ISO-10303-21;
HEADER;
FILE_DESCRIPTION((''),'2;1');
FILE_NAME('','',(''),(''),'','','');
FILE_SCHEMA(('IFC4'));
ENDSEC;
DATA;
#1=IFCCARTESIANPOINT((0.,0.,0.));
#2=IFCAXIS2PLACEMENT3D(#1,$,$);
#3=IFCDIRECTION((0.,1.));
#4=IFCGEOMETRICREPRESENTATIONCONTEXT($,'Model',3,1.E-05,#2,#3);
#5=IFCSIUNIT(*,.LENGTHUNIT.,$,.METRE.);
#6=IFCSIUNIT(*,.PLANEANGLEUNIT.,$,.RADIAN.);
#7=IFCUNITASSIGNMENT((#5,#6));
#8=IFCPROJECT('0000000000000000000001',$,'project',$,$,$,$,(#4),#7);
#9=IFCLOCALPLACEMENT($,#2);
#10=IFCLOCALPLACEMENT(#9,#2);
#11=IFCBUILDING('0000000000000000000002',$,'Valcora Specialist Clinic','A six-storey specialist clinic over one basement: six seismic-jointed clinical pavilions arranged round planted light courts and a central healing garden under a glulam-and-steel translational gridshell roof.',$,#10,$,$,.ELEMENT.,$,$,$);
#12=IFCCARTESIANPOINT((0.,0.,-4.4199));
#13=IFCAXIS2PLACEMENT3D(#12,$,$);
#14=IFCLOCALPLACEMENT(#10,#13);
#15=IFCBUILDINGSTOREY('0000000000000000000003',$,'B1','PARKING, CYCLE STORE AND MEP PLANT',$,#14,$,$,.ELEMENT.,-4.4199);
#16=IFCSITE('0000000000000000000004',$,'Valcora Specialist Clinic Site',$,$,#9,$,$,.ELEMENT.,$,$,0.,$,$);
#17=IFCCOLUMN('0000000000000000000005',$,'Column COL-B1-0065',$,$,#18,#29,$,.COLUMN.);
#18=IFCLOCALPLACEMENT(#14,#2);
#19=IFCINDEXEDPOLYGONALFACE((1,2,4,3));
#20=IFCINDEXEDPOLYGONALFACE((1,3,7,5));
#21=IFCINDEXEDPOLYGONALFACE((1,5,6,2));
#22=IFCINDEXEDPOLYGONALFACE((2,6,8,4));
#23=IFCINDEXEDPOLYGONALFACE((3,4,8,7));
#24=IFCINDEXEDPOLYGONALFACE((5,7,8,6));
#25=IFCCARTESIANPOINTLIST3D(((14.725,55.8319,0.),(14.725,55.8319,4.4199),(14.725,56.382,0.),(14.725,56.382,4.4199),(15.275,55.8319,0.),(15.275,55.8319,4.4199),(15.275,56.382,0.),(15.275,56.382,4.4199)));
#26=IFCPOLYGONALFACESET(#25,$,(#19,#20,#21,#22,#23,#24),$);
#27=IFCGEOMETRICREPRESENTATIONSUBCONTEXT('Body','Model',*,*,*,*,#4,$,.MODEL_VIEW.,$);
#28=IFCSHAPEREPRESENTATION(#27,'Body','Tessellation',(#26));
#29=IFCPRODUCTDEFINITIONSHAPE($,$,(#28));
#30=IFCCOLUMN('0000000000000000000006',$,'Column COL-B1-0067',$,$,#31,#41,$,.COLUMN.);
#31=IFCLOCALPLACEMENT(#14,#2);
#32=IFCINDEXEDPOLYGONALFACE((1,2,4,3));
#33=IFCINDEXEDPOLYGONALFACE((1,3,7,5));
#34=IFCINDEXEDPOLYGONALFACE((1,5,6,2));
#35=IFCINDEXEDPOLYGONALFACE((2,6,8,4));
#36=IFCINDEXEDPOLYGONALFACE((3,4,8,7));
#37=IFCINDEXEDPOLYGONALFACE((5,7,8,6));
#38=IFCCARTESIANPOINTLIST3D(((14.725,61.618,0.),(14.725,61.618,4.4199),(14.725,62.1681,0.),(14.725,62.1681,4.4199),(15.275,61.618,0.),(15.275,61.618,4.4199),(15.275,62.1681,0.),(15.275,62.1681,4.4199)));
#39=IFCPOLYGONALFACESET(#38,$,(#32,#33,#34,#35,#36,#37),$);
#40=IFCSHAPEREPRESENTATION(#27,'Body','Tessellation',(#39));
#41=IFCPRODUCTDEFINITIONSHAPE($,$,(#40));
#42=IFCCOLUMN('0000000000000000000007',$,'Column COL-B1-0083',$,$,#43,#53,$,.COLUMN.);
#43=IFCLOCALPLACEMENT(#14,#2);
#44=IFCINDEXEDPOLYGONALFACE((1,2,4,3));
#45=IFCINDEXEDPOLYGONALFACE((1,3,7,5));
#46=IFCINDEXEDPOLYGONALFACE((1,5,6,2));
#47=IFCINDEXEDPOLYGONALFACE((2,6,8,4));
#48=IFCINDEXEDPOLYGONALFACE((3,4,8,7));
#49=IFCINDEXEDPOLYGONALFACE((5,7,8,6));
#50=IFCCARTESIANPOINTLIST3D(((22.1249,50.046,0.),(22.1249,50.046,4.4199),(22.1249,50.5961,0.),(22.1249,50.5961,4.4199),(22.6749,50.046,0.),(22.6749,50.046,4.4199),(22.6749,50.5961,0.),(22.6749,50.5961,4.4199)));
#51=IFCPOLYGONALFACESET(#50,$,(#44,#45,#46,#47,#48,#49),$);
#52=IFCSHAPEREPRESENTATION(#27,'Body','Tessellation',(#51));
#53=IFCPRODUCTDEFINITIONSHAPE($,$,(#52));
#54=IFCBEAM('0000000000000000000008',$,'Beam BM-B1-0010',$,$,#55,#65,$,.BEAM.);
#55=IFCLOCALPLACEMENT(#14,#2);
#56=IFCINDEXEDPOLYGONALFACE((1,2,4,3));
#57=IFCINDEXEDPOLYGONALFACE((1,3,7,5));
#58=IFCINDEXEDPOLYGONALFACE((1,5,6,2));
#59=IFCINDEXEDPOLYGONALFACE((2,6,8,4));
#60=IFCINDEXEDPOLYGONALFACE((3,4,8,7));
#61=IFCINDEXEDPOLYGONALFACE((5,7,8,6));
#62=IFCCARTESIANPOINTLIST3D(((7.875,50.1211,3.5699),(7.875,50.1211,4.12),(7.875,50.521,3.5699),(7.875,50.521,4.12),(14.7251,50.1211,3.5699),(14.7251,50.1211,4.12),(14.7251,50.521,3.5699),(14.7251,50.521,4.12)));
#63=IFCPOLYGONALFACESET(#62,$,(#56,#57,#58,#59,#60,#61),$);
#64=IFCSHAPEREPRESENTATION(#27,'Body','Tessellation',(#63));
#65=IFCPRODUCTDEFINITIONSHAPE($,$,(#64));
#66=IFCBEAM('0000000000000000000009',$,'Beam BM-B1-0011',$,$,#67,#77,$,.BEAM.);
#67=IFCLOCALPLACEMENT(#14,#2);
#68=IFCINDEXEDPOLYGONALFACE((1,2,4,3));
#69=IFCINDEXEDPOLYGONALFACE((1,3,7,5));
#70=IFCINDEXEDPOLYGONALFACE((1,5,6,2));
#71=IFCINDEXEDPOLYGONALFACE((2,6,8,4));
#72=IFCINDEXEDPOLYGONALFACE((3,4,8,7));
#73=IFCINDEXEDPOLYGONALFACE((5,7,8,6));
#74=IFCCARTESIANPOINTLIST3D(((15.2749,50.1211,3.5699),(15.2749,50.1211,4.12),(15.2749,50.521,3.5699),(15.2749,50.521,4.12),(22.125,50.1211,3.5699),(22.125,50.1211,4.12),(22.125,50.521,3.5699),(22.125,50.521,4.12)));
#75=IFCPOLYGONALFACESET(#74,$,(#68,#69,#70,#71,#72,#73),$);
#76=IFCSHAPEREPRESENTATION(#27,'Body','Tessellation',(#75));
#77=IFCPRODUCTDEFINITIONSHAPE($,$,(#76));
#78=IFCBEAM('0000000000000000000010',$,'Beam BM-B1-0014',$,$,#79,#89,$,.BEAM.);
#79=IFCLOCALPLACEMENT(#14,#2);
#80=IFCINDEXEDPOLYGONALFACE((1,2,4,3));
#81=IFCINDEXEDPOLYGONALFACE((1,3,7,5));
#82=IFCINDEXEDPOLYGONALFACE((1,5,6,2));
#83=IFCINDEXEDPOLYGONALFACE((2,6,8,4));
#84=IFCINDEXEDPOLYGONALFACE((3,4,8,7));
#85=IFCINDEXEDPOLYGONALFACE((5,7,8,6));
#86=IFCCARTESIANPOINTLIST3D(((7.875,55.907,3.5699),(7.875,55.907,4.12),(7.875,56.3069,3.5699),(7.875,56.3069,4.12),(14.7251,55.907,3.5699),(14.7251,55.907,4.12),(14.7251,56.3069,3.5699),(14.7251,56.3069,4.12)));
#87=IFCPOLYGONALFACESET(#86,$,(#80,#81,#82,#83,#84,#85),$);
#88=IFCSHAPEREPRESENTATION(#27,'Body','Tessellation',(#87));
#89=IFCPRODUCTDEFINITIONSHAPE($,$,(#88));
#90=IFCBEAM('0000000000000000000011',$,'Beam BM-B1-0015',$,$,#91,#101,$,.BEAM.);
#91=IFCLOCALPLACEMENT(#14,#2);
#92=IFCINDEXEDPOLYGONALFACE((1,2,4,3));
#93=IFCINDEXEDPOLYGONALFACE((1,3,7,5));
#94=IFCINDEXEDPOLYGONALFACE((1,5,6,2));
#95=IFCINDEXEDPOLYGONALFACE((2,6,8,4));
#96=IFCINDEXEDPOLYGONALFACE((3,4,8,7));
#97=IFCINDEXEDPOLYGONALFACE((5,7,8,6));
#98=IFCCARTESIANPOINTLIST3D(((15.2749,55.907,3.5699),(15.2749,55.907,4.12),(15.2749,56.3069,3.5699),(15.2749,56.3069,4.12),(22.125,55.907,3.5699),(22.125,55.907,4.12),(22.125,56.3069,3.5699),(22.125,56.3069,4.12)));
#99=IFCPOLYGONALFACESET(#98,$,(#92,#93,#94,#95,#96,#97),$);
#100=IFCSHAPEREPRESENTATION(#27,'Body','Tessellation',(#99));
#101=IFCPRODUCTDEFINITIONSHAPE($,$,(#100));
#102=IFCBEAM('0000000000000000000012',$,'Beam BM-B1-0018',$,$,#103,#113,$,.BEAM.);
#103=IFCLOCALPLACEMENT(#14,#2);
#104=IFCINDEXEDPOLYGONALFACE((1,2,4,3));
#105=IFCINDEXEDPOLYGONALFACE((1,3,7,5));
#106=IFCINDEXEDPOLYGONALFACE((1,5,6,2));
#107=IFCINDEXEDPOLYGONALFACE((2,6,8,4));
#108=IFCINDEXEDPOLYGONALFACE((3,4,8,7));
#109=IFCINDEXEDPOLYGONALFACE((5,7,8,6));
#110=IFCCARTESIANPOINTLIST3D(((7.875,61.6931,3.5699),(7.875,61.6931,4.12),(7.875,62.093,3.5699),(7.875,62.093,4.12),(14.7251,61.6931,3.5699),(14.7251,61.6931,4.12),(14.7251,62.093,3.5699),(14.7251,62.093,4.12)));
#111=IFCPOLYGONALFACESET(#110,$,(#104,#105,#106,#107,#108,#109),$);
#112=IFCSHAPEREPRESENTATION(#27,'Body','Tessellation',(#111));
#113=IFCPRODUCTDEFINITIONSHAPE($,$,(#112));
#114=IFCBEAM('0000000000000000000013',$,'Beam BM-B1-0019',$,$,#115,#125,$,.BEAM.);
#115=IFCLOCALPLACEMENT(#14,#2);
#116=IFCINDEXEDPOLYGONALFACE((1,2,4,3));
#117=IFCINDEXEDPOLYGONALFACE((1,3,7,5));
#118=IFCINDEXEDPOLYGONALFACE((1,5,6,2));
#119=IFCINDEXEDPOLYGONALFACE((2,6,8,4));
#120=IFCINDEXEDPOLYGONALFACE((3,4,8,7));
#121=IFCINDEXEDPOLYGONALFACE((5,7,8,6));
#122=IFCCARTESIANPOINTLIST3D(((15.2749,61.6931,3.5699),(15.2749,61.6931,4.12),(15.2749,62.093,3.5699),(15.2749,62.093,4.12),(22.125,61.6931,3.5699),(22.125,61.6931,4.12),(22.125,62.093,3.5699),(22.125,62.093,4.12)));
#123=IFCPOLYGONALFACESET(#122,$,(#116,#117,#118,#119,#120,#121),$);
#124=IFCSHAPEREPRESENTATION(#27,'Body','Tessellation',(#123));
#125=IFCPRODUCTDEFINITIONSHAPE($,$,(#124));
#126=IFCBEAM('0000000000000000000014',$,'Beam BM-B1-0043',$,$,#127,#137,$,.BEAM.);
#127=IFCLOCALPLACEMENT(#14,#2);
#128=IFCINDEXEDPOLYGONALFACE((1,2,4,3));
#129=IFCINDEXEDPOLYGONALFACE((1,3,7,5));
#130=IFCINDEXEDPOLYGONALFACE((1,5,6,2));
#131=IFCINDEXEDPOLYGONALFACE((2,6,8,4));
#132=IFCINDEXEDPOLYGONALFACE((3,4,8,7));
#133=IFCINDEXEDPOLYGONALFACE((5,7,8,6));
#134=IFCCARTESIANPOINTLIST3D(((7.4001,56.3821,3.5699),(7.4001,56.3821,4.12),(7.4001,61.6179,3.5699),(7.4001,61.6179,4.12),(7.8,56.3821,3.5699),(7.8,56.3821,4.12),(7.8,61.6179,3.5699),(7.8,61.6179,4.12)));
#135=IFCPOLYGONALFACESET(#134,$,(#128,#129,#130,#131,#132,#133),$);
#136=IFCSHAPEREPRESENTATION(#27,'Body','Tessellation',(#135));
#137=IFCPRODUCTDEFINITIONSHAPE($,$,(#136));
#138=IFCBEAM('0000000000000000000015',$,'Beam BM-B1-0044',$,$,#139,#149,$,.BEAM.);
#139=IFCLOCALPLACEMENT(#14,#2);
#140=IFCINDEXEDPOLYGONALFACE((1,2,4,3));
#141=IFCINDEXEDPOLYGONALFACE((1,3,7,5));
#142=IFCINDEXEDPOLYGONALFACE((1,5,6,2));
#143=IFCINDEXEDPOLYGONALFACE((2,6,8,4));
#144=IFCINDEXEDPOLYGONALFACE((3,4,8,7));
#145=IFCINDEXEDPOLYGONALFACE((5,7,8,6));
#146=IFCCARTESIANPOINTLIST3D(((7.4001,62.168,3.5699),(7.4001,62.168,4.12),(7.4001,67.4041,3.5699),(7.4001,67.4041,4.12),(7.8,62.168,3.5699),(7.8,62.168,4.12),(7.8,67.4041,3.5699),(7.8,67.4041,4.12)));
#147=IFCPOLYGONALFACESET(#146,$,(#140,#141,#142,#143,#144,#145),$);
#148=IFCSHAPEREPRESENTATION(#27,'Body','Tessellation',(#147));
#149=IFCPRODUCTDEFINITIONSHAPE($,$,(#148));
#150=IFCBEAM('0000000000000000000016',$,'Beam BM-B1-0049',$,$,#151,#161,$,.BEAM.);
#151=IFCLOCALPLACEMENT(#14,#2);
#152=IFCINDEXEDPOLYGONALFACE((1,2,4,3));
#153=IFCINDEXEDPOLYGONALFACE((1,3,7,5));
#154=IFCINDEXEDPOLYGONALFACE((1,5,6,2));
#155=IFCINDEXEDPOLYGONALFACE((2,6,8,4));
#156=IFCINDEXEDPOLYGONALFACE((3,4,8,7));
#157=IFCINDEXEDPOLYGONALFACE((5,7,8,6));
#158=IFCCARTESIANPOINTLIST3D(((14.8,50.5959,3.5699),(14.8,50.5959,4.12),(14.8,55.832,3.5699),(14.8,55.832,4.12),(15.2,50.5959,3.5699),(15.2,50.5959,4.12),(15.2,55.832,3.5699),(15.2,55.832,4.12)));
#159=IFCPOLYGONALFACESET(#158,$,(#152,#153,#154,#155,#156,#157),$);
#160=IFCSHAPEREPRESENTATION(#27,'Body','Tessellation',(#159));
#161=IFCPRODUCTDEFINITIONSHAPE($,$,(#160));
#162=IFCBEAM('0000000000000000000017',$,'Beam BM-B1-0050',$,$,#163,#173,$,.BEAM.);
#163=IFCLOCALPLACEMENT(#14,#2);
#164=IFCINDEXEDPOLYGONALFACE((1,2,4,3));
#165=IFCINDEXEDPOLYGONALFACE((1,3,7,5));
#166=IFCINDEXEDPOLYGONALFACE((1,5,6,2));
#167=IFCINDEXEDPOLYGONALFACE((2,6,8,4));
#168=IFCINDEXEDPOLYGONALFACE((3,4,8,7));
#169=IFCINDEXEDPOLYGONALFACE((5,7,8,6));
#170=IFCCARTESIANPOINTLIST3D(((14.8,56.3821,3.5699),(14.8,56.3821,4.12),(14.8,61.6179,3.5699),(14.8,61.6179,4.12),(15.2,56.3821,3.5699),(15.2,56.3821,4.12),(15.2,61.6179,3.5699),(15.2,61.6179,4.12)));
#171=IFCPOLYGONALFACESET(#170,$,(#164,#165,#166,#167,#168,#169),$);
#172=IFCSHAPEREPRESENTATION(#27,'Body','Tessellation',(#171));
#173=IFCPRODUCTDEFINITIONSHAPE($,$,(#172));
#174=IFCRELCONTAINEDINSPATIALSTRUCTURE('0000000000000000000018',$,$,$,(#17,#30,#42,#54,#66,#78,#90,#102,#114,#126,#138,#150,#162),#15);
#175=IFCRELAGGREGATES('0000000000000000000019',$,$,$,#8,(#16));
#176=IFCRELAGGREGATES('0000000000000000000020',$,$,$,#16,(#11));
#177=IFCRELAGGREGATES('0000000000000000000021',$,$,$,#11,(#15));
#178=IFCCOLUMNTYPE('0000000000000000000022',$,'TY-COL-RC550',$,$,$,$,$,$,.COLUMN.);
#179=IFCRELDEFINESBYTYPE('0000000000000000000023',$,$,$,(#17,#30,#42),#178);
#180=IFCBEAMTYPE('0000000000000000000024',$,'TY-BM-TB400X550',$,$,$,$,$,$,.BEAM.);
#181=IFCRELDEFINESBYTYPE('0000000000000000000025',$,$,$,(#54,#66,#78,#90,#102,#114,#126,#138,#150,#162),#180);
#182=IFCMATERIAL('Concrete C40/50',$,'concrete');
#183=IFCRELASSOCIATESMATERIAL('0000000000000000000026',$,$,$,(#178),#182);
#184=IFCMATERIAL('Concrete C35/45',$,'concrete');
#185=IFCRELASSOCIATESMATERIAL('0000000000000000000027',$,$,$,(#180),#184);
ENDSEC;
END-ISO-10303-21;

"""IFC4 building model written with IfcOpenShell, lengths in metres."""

from ifc_helpers import new_model, si_unit, direction, frame, origin, origin_2d, place, context, subcontext, project, spatial, rectangle, extrude, material, material_profile, profile_set, type_object, element, save


model = new_model("IFC4")

# Units and contexts
model_context = context("Model", 3, precision=1e-05, world=origin(), true_north=direction((0.0, 1.0)))
body_context = subcontext(model_context, "Body", "Model", "MODEL_VIEW")
ifc_project = project(units=[si_unit("LENGTHUNIT", "METRE"), si_unit("PLANEANGLEUNIT", "RADIAN")], contexts=[model_context])

# Site, building, storey
site_placement = place(None, origin())
site = spatial("IfcSite", under=ifc_project, at=site_placement, Name="Valcora Specialist Clinic Site", CompositionType="ELEMENT", RefElevation=0.0)
building_placement = place(site_placement, origin())
building = spatial("IfcBuilding", under=site, at=building_placement, Name="Valcora Specialist Clinic", Description="A six-storey specialist clinic over one basement: six seismic-jointed clinical pavilions arranged round planted light courts and a central healing garden under a glulam-and-steel translational gridshell roof.", CompositionType="ELEMENT")
storey_placement = place(building_placement, frame((0.0, 0.0, -4.4199)))
storey = spatial("IfcBuildingStorey", under=building, at=storey_placement, Name="B1", Description="PARKING, CYCLE STORE AND MEP PLANT", CompositionType="ELEMENT", Elevation=-4.4199)

# Shared definitions
ifc_material_1 = material(Name="Concrete C35/45", Category="concrete")

# Columns
ifc_material_2 = material(Name="Concrete C40/50", Category="concrete")
ifc_material_profile_1 = material_profile(ifc_material_2, rectangle(XDim=0.55, YDim=0.55, at=origin_2d()), Name="RC-COL-550X550")
ifc_profile_set_1 = profile_set([ifc_material_profile_1], Name="Concrete C40/50")
column_type = type_object("IfcColumnType", Name="TY-COL-RC550", PredefinedType="COLUMN", material=ifc_profile_set_1)
for number, where, z_axis, x_axis, name in (
    (1, (15.0, 56.1069, 0.0), (0.0, 0.0, 1.0), (1.0, 0.0, 0.0), "Column COL-B1-0065"),
    (2, (15.0, 61.8931, 0.0), (0.0, 0.0, 1.0), (1.0, 0.0, 0.0), "Column COL-B1-0067"),
    (3, (22.3999, 50.321, 0.0), (0.0, 0.0, 1.0), (1.0, 0.0, 0.0), "Column COL-B1-0083"),
):
    element("IfcColumn", number, at=place(storey_placement, frame(where, z_axis=z_axis, x_axis=x_axis)), inside=storey, type_object=column_type, Name=name, PredefinedType="COLUMN", context=body_context, shape_type="SweptSolid", body=[
        extrude(rectangle(XDim=0.55, YDim=0.55, at=origin_2d()), origin(), (0.0, 0.0, 1.0), 4.4199),
    ])

# Beams
ifc_material_profile_2 = material_profile(ifc_material_1, rectangle(XDim=0.3999, YDim=0.55, at=origin_2d()), Name="RC-TB-400X550")
ifc_profile_set_2 = profile_set([ifc_material_profile_2], Name="Concrete C35/45")
beam_type = type_object("IfcBeamType", Name="TY-BM-TB400X550", PredefinedType="BEAM", material=ifc_profile_set_2)
for number, where, z_axis, x_axis, name in (
    (4, (7.875, 50.321, 3.845), (1.0, 0.0, 0.0), (0.0, 1.0, 0.0), "Beam BM-B1-0010"),
    (5, (15.2749, 50.321, 3.845), (1.0, 0.0, 0.0), (0.0, 1.0, 0.0), "Beam BM-B1-0011"),
    (6, (7.875, 56.1069, 3.845), (1.0, 0.0, 0.0), (0.0, 1.0, 0.0), "Beam BM-B1-0014"),
    (7, (15.2749, 56.1069, 3.845), (1.0, 0.0, 0.0), (0.0, 1.0, 0.0), "Beam BM-B1-0015"),
    (8, (7.875, 61.8931, 3.845), (1.0, 0.0, 0.0), (0.0, 1.0, 0.0), "Beam BM-B1-0018"),
    (9, (15.2749, 61.8931, 3.845), (1.0, 0.0, 0.0), (0.0, 1.0, 0.0), "Beam BM-B1-0019"),
):
    element("IfcBeam", number, at=place(storey_placement, frame(where, z_axis=z_axis, x_axis=x_axis)), inside=storey, type_object=beam_type, Name=name, PredefinedType="BEAM", context=body_context, shape_type="SweptSolid", body=[
        extrude(rectangle(XDim=0.3999, YDim=0.55, at=origin_2d()), origin(), (0.0, 0.0, 1.0), 6.8501),
    ])
beam_1_placement = place(storey_placement, frame((7.6001, 56.3821, 3.845), z_axis=(0.0, 1.0, 0.0), x_axis=(-1.0, 0.0, 0.0)))
element("IfcBeam", 10, at=beam_1_placement, inside=storey, type_object=beam_type, Name="Beam BM-B1-0043", PredefinedType="BEAM", context=body_context, shape_type="SweptSolid", body=[
    extrude(rectangle(XDim=0.3999, YDim=0.55, at=origin_2d()), origin(), (0.0, 0.0, 1.0), 5.2358),
])
for number, where, z_axis, x_axis, name in (
    (11, (7.6001, 62.168, 3.845), (0.0, 1.0, 0.0), (-1.0, 0.0, 0.0), "Beam BM-B1-0044"),
    (12, (15.0, 50.5959, 3.845), (0.0, 1.0, 0.0), (-1.0, 0.0, 0.0), "Beam BM-B1-0049"),
):
    element("IfcBeam", number, at=place(storey_placement, frame(where, z_axis=z_axis, x_axis=x_axis)), inside=storey, type_object=beam_type, Name=name, PredefinedType="BEAM", context=body_context, shape_type="SweptSolid", body=[
        extrude(rectangle(XDim=0.3999, YDim=0.55, at=origin_2d()), origin(), (0.0, 0.0, 1.0), 5.2361),
    ])
beam_2_placement = place(storey_placement, frame((15.0, 56.3821, 3.845), z_axis=(0.0, 1.0, 0.0), x_axis=(-1.0, 0.0, 0.0)))
element("IfcBeam", 13, at=beam_2_placement, inside=storey, type_object=beam_type, Name="Beam BM-B1-0050", PredefinedType="BEAM", context=body_context, shape_type="SweptSolid", body=[
    extrude(rectangle(XDim=0.3999, YDim=0.55, at=origin_2d()), origin(), (0.0, 0.0, 1.0), 5.2358),
])

save(model, "model.ifc")
